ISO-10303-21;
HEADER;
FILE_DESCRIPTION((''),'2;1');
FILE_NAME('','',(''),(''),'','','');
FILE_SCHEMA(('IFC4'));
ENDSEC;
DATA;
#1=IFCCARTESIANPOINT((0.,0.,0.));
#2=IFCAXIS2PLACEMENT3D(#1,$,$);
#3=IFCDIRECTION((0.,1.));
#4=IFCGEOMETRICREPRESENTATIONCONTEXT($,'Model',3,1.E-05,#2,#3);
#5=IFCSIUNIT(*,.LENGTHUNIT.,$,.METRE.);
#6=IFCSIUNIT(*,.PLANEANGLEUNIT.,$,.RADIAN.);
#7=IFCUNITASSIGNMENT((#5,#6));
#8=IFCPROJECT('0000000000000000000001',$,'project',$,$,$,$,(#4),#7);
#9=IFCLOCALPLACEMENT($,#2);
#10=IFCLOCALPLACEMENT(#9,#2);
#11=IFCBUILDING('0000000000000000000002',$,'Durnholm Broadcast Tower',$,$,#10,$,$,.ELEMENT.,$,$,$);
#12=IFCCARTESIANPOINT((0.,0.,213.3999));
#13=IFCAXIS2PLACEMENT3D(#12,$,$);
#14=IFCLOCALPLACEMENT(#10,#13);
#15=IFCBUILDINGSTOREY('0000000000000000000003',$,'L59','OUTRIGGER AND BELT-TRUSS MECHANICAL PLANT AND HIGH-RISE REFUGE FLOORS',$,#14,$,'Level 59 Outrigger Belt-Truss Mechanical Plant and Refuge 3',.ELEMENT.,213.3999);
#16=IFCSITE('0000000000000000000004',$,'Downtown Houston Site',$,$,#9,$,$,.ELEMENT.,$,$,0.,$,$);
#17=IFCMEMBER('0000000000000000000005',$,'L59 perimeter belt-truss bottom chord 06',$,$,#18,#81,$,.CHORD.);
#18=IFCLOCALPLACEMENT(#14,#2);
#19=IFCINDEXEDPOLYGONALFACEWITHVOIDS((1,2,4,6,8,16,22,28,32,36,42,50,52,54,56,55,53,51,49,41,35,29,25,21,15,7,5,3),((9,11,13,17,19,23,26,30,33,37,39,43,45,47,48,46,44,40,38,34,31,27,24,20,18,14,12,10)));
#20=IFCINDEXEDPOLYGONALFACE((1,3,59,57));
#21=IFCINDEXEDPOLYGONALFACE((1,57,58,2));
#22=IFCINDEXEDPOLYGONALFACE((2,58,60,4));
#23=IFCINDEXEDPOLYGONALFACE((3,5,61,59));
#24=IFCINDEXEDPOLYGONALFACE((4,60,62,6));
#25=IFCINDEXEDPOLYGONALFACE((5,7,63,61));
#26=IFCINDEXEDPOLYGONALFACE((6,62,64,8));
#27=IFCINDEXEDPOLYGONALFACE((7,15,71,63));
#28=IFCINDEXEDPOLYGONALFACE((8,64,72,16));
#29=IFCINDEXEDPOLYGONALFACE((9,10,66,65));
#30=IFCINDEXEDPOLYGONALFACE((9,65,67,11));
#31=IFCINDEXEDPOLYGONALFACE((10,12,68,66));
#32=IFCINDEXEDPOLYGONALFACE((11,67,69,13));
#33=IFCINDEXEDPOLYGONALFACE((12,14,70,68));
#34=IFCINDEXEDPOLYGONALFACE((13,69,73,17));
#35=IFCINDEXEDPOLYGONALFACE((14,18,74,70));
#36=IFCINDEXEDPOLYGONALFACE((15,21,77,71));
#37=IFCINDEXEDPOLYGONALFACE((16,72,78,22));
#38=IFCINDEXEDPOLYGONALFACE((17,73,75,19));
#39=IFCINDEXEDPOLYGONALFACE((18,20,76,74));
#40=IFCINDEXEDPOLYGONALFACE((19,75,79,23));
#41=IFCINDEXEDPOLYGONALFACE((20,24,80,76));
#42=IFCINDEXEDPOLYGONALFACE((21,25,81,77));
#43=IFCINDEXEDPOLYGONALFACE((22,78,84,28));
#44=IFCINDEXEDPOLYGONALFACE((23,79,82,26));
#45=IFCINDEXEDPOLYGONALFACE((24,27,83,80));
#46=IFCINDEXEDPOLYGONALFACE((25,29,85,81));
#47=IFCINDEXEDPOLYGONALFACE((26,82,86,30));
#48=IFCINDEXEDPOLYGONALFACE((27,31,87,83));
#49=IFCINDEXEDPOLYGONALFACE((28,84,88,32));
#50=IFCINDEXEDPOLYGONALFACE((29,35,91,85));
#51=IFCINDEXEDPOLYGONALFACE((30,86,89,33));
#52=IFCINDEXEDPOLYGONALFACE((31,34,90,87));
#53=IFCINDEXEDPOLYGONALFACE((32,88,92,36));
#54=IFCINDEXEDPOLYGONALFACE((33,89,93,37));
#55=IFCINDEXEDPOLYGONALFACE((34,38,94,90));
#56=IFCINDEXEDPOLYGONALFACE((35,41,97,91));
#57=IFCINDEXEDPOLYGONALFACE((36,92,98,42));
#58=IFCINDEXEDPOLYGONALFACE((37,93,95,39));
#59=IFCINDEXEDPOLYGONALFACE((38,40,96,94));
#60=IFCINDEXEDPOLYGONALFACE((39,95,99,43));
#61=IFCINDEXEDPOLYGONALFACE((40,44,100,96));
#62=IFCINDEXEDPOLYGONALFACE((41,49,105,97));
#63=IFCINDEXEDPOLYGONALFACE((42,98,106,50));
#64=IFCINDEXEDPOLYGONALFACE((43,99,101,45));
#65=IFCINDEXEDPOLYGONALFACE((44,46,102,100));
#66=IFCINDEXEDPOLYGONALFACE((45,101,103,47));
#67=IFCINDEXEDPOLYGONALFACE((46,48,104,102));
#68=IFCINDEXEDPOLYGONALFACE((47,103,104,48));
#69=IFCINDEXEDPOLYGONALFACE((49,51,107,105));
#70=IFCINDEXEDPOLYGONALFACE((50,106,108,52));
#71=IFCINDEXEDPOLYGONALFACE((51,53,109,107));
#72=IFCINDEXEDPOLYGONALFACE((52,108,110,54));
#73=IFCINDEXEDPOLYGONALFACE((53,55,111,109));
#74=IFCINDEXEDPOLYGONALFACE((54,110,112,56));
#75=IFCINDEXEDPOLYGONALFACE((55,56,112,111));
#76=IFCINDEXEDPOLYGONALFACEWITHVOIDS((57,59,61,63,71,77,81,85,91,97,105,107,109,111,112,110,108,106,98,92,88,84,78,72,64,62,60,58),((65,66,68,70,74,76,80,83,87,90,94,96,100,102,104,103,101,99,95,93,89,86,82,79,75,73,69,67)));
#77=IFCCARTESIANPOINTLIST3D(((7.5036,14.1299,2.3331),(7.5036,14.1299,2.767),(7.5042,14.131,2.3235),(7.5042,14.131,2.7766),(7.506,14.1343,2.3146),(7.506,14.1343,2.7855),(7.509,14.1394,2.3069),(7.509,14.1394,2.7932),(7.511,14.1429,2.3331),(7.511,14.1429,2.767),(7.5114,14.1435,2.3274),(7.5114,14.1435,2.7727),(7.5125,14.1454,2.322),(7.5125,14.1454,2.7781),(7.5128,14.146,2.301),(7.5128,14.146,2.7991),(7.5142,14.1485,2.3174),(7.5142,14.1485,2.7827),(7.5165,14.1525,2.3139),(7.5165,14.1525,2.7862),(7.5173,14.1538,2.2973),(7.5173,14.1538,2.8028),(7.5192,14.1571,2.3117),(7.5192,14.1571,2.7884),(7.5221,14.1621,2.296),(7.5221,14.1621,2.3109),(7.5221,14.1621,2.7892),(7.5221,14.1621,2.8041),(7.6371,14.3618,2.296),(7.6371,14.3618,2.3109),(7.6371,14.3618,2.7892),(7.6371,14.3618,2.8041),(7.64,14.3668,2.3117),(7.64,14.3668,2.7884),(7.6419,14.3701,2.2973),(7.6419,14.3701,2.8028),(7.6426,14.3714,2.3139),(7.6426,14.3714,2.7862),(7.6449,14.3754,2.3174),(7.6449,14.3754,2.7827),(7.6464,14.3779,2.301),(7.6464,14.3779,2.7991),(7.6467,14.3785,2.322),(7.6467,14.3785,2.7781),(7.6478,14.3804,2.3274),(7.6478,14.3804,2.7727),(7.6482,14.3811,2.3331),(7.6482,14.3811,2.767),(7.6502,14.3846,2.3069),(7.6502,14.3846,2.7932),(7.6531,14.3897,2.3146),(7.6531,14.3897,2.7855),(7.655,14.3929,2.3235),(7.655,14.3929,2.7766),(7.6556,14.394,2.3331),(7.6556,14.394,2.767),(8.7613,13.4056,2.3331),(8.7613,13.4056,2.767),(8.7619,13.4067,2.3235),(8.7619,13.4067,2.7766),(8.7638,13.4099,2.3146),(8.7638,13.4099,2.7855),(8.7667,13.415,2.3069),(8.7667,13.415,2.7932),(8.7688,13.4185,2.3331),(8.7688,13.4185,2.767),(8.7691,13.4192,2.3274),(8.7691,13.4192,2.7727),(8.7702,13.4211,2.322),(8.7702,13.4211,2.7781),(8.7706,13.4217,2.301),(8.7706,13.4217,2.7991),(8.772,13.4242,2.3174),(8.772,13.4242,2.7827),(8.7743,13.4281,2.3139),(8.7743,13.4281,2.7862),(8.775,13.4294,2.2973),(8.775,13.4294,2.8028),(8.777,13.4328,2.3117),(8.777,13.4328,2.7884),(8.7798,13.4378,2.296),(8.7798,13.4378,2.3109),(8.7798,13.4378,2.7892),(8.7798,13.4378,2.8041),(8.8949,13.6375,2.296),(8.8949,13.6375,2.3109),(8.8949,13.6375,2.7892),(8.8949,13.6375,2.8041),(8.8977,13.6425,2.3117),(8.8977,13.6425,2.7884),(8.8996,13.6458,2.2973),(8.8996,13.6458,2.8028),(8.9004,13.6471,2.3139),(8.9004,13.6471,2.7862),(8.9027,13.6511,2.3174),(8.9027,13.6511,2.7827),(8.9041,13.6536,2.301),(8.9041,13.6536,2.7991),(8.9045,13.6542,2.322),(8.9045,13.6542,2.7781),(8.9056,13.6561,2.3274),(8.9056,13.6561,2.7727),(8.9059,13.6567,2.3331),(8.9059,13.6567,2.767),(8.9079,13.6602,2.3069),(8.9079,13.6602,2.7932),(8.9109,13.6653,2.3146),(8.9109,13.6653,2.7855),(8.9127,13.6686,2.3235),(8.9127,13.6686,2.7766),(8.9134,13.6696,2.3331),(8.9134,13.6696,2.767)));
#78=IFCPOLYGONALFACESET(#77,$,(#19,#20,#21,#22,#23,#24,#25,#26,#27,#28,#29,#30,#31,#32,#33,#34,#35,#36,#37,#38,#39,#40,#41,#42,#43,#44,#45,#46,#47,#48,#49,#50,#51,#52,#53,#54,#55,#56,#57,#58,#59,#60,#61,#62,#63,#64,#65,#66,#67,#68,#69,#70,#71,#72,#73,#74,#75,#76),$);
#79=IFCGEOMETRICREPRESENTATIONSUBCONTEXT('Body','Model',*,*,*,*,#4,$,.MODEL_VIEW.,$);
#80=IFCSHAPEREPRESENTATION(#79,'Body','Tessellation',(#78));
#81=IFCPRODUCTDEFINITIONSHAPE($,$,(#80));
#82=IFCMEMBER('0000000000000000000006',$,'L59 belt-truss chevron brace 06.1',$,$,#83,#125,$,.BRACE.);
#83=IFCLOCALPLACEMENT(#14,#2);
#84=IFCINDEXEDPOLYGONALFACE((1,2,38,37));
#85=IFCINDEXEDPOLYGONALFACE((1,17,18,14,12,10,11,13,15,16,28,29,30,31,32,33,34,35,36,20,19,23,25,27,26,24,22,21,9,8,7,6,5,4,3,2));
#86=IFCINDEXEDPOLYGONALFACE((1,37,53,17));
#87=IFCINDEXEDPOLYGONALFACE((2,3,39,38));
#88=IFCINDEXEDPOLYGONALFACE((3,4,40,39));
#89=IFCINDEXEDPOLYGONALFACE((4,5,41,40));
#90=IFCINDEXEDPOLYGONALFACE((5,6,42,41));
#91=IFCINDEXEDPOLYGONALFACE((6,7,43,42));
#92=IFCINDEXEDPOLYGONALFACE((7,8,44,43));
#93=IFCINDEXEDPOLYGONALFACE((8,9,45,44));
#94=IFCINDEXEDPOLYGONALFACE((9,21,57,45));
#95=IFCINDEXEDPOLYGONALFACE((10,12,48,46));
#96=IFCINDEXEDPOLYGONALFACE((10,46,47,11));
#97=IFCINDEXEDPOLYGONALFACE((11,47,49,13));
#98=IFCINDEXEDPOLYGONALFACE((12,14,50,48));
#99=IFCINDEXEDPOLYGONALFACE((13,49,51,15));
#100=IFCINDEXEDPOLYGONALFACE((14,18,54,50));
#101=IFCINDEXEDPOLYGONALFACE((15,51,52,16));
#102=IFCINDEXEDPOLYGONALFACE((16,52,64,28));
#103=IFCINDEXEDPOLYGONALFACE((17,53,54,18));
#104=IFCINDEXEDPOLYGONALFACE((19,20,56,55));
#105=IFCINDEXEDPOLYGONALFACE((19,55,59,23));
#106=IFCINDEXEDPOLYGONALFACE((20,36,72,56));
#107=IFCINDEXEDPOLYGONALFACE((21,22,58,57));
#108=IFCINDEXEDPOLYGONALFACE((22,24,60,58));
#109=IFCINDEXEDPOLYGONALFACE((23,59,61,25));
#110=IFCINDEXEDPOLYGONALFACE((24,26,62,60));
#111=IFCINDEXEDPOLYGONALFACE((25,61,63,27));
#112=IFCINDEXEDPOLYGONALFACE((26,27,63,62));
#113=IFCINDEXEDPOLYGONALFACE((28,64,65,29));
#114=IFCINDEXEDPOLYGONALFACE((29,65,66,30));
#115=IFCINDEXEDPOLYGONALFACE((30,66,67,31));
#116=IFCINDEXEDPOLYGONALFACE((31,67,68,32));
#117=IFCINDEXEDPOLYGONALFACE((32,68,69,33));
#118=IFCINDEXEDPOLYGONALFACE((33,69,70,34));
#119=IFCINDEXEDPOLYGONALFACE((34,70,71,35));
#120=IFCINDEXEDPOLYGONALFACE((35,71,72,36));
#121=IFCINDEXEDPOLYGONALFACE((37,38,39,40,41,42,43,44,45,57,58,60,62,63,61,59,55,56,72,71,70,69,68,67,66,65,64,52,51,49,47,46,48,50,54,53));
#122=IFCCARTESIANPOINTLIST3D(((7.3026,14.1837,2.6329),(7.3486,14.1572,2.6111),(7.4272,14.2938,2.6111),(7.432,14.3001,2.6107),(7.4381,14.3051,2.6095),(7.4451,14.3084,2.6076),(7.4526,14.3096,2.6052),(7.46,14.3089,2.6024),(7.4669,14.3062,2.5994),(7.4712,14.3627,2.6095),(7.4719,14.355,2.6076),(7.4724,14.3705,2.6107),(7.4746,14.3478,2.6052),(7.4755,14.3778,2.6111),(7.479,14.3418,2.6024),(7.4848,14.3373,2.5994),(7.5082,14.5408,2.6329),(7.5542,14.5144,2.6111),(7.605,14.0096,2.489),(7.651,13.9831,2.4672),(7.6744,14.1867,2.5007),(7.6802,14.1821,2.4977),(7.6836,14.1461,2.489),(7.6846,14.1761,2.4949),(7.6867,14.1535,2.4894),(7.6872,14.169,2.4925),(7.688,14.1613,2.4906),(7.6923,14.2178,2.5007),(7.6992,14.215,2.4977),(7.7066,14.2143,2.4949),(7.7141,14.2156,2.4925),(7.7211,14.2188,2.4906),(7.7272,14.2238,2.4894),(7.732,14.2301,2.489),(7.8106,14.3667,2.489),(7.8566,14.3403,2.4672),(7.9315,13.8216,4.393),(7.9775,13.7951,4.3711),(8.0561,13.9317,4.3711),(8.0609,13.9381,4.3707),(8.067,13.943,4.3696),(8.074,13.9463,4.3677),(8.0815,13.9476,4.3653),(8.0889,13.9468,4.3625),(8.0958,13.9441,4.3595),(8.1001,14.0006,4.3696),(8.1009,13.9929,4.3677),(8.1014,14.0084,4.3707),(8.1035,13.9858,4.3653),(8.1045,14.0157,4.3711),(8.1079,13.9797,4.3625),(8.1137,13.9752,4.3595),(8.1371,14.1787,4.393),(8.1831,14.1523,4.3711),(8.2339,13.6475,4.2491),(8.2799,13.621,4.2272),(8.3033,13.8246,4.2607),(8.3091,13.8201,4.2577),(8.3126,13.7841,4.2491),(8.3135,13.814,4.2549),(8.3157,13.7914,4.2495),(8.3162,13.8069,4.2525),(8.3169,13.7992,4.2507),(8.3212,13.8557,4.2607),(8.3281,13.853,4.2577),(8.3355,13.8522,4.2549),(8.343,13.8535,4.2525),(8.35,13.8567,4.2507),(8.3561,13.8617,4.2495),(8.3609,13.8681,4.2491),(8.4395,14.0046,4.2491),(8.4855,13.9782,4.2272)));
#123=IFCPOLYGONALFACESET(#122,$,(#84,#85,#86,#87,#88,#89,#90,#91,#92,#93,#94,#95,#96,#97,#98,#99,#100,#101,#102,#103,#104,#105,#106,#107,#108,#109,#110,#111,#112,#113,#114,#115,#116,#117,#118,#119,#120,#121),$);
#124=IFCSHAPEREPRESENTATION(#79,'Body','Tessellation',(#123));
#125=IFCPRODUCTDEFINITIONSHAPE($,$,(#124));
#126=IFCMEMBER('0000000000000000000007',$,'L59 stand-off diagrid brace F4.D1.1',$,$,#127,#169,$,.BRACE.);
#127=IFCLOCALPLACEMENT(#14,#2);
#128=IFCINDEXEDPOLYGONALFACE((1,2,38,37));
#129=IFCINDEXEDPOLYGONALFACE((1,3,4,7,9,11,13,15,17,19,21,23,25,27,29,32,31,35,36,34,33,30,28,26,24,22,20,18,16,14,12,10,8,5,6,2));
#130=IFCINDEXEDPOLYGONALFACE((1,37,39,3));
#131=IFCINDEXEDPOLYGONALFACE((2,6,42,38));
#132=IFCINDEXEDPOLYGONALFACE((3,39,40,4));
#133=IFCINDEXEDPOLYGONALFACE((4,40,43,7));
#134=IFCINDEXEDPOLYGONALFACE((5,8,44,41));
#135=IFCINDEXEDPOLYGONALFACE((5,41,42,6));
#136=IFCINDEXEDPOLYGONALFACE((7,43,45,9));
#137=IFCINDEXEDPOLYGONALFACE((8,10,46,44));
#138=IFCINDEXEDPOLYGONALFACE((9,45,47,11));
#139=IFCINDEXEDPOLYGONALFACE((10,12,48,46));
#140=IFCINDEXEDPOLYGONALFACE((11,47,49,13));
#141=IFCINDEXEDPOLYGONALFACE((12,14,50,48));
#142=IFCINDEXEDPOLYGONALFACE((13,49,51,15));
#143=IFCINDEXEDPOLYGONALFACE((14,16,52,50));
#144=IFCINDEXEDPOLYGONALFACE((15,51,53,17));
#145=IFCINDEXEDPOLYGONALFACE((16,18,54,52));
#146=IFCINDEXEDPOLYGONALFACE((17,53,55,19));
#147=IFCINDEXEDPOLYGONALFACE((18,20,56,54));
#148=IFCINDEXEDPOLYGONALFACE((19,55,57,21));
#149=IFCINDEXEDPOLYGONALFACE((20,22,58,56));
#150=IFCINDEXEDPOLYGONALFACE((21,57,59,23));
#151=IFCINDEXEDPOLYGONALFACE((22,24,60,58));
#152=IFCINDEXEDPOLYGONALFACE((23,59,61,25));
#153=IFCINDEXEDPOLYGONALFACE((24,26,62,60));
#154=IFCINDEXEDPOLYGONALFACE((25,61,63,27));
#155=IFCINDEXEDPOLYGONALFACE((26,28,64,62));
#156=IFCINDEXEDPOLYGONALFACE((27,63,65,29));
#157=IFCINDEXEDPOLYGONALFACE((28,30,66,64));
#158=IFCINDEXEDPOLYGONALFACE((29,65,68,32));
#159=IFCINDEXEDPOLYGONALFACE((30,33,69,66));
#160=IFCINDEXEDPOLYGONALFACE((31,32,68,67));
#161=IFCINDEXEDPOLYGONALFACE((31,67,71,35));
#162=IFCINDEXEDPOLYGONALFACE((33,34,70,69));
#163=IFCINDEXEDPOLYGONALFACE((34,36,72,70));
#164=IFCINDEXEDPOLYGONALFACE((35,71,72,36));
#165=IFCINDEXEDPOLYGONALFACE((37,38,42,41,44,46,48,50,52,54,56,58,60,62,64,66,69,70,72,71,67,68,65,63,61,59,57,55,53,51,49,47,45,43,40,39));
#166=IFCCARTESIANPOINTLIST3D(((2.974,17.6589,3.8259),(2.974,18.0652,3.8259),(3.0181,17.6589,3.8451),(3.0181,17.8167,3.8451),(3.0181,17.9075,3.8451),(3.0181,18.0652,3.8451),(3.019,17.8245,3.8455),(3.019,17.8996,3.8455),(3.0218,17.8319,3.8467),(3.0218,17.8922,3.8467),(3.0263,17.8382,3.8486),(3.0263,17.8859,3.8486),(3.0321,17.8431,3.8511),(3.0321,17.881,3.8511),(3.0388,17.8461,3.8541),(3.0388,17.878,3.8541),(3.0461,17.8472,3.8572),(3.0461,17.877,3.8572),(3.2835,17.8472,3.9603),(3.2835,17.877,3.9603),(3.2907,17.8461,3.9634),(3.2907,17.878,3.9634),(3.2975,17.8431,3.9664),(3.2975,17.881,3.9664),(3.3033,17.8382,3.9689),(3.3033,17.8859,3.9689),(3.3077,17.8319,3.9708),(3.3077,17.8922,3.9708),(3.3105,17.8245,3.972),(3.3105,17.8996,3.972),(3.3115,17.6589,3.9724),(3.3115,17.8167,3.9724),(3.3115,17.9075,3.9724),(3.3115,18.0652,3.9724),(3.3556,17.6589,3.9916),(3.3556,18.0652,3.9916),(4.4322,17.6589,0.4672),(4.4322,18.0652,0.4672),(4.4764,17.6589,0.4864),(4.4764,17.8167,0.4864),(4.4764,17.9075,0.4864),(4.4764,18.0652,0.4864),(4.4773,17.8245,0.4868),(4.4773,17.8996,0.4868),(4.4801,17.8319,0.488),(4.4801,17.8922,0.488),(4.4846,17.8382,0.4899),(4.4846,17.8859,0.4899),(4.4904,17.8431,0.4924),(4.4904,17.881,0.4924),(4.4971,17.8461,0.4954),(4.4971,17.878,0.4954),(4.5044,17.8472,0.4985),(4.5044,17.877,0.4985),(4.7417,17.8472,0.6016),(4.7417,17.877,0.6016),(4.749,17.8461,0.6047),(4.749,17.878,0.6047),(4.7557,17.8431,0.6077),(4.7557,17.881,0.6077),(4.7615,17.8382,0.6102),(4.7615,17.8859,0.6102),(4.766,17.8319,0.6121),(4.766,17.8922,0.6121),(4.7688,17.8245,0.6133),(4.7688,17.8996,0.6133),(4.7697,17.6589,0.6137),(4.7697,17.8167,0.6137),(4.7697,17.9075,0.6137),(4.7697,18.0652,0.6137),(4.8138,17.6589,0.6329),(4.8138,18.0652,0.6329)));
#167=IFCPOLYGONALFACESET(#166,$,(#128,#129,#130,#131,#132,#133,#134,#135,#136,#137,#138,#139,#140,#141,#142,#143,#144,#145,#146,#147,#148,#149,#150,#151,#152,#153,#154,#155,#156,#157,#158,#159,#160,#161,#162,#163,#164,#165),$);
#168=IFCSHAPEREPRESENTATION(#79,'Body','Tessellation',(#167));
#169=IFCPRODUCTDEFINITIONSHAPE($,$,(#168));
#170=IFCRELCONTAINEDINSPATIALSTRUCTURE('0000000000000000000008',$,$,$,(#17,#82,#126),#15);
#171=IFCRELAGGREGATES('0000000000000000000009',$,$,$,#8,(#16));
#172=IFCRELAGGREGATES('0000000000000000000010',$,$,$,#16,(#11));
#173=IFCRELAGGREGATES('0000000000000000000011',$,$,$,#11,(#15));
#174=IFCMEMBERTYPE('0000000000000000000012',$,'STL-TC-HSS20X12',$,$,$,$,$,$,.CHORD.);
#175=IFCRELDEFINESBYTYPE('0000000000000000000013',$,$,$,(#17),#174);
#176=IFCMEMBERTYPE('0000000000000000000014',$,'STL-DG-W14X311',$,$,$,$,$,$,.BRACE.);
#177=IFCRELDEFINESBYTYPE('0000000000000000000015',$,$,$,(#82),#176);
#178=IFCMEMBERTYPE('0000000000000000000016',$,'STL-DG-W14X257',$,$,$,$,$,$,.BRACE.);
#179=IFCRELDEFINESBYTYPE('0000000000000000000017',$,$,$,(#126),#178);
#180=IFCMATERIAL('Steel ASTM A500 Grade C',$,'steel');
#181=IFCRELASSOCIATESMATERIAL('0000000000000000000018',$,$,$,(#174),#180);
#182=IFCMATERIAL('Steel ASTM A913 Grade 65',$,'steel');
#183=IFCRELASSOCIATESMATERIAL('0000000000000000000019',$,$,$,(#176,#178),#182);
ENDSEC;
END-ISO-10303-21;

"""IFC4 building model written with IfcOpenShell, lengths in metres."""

from ifc_helpers import new_model, si_unit, direction, frame, origin, origin_2d, place, context, subcontext, project, spatial, hollow_rectangle, i_section, extrude, source, transform, mapped, material, material_profile, profile_set, type_object, type_shapes, element, save


model = new_model("IFC4")

# Units and contexts
model_context = context("Model", 3, precision=1e-05, world=origin(), true_north=direction((0.0, 1.0)))
body_context = subcontext(model_context, "Body", "Model", "MODEL_VIEW")
ifc_project = project(units=[si_unit("LENGTHUNIT", "METRE"), si_unit("PLANEANGLEUNIT", "RADIAN")], contexts=[model_context])

# Site, building, storey
site_placement = place(None, origin())
site = spatial("IfcSite", under=ifc_project, at=site_placement, Name="Downtown Houston Site", CompositionType="ELEMENT", RefElevation=0.0)
building_placement = place(site_placement, origin())
building = spatial("IfcBuilding", under=site, at=building_placement, Name="Durnholm Broadcast Tower", CompositionType="ELEMENT")
storey_placement = place(building_placement, frame((0.0, 0.0, 213.3999)))
storey = spatial("IfcBuildingStorey", under=building, at=storey_placement, Name="L59", Description="OUTRIGGER AND BELT-TRUSS MECHANICAL PLANT AND HIGH-RISE REFUGE FLOORS", LongName="Level 59 Outrigger Belt-Truss Mechanical Plant and Refuge 3", CompositionType="ELEMENT", Elevation=213.3999)

# Members
ifc_material_1 = material(Name="Steel ASTM A500 Grade C", Category="steel")
ifc_material_profile_1 = material_profile(ifc_material_1, hollow_rectangle(XDim=0.3047, YDim=0.5081, WallThickness=0.0149, InnerFilletRadius=0.0222, OuterFilletRadius=0.0371, at=origin_2d()), Name="HSS20X12X5/8")
ifc_profile_set_1 = profile_set([ifc_material_profile_1], Name="Steel ASTM A500 Grade C")
member_type_1 = type_object("IfcMemberType", Name="STL-TC-HSS20X12", PredefinedType="CHORD", material=ifc_profile_set_1)
shared_shape_1 = source(origin(), body_context, "Body", "SweptSolid", [
    extrude(hollow_rectangle(XDim=0.3047, YDim=0.5081, WallThickness=0.0149, InnerFilletRadius=0.0222, OuterFilletRadius=0.0371, at=origin_2d()), origin(), (0.0, 0.0, 1.0), 1.4514),
])
type_shapes(member_type_1, [shared_shape_1])
member_1_placement = place(storey_placement, frame((7.5796, 14.262, 2.55), z_axis=(0.866572, -0.499052, 0.0), x_axis=(0.499052, 0.866572, 0.0)))
element("IfcMember", 1, at=member_1_placement, inside=storey, type_object=member_type_1, Name="L59 perimeter belt-truss bottom chord 06", PredefinedType="CHORD", context=body_context, shape_type="MappedRepresentation", body=[
    mapped(shared_shape_1, transform((0.0, 0.0, 0.0), x_axis=(1.0, 0.0, 0.0), y_axis=(0.0, 1.0, 0.0), z_axis=(0.0, 0.0, 1.0), scale=1.0)),
])
ifc_material_2 = material(Name="Steel ASTM A913 Grade 65", Category="steel")
ifc_material_profile_2 = material_profile(ifc_material_2, i_section(OverallWidth=0.4121, OverallDepth=0.4348, WebThickness=0.0359, FlangeThickness=0.0574, FilletRadius=0.0305, at=origin_2d()), Name="W14X311")
ifc_profile_set_2 = profile_set([ifc_material_profile_2], Name="Steel ASTM A913 Grade 65")
member_type_2 = type_object("IfcMemberType", Name="STL-DG-W14X311", PredefinedType="BRACE", material=ifc_profile_set_2)
shared_shape_2 = source(origin(), body_context, "Body", "SweptSolid", [
    extrude(i_section(OverallWidth=0.4121, OverallDepth=0.4348, WebThickness=0.0359, FlangeThickness=0.0574, FilletRadius=0.0305, at=origin_2d()), origin(), (0.0, 0.0, 1.0), 1.9038),
])
type_shapes(member_type_2, [shared_shape_2])
member_2_placement = place(storey_placement, frame((7.5796, 14.262, 2.55), z_axis=(0.330352, -0.190183, 0.924499), x_axis=(0.498926, 0.866644, 0.0)))
element("IfcMember", 2, at=member_2_placement, inside=storey, type_object=member_type_2, Name="L59 belt-truss chevron brace 06.1", PredefinedType="BRACE", context=body_context, shape_type="MappedRepresentation", body=[
    mapped(shared_shape_2, transform((0.0, 0.0, 0.0), x_axis=(1.0, 0.0, 0.0), y_axis=(0.0, 1.0, 0.0), z_axis=(0.0, 0.0, 1.0), scale=1.0)),
])
ifc_material_profile_3 = material_profile(ifc_material_2, i_section(OverallWidth=0.4062, OverallDepth=0.416, WebThickness=0.0298, FlangeThickness=0.0481, FilletRadius=0.0305, at=origin_2d()), Name="W14X257")
ifc_profile_set_3 = profile_set([ifc_material_profile_3], Name="Steel ASTM A913 Grade 65")
member_type_3 = type_object("IfcMemberType", Name="STL-DG-W14X257", PredefinedType="BRACE", material=ifc_profile_set_3)
shared_shape_3 = source(origin(), body_context, "Body", "SweptSolid", [
    extrude(i_section(OverallWidth=0.4062, OverallDepth=0.416, WebThickness=0.0298, FlangeThickness=0.0481, FilletRadius=0.0305, at=origin_2d()), origin(), (0.0, 0.0, 1.0), 3.6616),
])
type_shapes(member_type_3, [shared_shape_3])
for number, where, z_axis, x_axis, name in (
    (3, (4.623, 17.8621, 0.55), (-0.39826, 0.0, 0.917272), (0.0, -1.0, 0.0), "L59 stand-off diagrid brace F4.D1.1"),
):
    element("IfcMember", number, at=place(storey_placement, frame(where, z_axis=z_axis, x_axis=x_axis)), inside=storey, type_object=member_type_3, Name=name, PredefinedType="BRACE", context=body_context, shape_type="MappedRepresentation", body=[
        mapped(shared_shape_3, transform((0.0, 0.0, 0.0), x_axis=(1.0, 0.0, 0.0), y_axis=(0.0, 1.0, 0.0), z_axis=(0.0, 0.0, 1.0), scale=1.0)),
    ])

save(model, "model.ifc")
